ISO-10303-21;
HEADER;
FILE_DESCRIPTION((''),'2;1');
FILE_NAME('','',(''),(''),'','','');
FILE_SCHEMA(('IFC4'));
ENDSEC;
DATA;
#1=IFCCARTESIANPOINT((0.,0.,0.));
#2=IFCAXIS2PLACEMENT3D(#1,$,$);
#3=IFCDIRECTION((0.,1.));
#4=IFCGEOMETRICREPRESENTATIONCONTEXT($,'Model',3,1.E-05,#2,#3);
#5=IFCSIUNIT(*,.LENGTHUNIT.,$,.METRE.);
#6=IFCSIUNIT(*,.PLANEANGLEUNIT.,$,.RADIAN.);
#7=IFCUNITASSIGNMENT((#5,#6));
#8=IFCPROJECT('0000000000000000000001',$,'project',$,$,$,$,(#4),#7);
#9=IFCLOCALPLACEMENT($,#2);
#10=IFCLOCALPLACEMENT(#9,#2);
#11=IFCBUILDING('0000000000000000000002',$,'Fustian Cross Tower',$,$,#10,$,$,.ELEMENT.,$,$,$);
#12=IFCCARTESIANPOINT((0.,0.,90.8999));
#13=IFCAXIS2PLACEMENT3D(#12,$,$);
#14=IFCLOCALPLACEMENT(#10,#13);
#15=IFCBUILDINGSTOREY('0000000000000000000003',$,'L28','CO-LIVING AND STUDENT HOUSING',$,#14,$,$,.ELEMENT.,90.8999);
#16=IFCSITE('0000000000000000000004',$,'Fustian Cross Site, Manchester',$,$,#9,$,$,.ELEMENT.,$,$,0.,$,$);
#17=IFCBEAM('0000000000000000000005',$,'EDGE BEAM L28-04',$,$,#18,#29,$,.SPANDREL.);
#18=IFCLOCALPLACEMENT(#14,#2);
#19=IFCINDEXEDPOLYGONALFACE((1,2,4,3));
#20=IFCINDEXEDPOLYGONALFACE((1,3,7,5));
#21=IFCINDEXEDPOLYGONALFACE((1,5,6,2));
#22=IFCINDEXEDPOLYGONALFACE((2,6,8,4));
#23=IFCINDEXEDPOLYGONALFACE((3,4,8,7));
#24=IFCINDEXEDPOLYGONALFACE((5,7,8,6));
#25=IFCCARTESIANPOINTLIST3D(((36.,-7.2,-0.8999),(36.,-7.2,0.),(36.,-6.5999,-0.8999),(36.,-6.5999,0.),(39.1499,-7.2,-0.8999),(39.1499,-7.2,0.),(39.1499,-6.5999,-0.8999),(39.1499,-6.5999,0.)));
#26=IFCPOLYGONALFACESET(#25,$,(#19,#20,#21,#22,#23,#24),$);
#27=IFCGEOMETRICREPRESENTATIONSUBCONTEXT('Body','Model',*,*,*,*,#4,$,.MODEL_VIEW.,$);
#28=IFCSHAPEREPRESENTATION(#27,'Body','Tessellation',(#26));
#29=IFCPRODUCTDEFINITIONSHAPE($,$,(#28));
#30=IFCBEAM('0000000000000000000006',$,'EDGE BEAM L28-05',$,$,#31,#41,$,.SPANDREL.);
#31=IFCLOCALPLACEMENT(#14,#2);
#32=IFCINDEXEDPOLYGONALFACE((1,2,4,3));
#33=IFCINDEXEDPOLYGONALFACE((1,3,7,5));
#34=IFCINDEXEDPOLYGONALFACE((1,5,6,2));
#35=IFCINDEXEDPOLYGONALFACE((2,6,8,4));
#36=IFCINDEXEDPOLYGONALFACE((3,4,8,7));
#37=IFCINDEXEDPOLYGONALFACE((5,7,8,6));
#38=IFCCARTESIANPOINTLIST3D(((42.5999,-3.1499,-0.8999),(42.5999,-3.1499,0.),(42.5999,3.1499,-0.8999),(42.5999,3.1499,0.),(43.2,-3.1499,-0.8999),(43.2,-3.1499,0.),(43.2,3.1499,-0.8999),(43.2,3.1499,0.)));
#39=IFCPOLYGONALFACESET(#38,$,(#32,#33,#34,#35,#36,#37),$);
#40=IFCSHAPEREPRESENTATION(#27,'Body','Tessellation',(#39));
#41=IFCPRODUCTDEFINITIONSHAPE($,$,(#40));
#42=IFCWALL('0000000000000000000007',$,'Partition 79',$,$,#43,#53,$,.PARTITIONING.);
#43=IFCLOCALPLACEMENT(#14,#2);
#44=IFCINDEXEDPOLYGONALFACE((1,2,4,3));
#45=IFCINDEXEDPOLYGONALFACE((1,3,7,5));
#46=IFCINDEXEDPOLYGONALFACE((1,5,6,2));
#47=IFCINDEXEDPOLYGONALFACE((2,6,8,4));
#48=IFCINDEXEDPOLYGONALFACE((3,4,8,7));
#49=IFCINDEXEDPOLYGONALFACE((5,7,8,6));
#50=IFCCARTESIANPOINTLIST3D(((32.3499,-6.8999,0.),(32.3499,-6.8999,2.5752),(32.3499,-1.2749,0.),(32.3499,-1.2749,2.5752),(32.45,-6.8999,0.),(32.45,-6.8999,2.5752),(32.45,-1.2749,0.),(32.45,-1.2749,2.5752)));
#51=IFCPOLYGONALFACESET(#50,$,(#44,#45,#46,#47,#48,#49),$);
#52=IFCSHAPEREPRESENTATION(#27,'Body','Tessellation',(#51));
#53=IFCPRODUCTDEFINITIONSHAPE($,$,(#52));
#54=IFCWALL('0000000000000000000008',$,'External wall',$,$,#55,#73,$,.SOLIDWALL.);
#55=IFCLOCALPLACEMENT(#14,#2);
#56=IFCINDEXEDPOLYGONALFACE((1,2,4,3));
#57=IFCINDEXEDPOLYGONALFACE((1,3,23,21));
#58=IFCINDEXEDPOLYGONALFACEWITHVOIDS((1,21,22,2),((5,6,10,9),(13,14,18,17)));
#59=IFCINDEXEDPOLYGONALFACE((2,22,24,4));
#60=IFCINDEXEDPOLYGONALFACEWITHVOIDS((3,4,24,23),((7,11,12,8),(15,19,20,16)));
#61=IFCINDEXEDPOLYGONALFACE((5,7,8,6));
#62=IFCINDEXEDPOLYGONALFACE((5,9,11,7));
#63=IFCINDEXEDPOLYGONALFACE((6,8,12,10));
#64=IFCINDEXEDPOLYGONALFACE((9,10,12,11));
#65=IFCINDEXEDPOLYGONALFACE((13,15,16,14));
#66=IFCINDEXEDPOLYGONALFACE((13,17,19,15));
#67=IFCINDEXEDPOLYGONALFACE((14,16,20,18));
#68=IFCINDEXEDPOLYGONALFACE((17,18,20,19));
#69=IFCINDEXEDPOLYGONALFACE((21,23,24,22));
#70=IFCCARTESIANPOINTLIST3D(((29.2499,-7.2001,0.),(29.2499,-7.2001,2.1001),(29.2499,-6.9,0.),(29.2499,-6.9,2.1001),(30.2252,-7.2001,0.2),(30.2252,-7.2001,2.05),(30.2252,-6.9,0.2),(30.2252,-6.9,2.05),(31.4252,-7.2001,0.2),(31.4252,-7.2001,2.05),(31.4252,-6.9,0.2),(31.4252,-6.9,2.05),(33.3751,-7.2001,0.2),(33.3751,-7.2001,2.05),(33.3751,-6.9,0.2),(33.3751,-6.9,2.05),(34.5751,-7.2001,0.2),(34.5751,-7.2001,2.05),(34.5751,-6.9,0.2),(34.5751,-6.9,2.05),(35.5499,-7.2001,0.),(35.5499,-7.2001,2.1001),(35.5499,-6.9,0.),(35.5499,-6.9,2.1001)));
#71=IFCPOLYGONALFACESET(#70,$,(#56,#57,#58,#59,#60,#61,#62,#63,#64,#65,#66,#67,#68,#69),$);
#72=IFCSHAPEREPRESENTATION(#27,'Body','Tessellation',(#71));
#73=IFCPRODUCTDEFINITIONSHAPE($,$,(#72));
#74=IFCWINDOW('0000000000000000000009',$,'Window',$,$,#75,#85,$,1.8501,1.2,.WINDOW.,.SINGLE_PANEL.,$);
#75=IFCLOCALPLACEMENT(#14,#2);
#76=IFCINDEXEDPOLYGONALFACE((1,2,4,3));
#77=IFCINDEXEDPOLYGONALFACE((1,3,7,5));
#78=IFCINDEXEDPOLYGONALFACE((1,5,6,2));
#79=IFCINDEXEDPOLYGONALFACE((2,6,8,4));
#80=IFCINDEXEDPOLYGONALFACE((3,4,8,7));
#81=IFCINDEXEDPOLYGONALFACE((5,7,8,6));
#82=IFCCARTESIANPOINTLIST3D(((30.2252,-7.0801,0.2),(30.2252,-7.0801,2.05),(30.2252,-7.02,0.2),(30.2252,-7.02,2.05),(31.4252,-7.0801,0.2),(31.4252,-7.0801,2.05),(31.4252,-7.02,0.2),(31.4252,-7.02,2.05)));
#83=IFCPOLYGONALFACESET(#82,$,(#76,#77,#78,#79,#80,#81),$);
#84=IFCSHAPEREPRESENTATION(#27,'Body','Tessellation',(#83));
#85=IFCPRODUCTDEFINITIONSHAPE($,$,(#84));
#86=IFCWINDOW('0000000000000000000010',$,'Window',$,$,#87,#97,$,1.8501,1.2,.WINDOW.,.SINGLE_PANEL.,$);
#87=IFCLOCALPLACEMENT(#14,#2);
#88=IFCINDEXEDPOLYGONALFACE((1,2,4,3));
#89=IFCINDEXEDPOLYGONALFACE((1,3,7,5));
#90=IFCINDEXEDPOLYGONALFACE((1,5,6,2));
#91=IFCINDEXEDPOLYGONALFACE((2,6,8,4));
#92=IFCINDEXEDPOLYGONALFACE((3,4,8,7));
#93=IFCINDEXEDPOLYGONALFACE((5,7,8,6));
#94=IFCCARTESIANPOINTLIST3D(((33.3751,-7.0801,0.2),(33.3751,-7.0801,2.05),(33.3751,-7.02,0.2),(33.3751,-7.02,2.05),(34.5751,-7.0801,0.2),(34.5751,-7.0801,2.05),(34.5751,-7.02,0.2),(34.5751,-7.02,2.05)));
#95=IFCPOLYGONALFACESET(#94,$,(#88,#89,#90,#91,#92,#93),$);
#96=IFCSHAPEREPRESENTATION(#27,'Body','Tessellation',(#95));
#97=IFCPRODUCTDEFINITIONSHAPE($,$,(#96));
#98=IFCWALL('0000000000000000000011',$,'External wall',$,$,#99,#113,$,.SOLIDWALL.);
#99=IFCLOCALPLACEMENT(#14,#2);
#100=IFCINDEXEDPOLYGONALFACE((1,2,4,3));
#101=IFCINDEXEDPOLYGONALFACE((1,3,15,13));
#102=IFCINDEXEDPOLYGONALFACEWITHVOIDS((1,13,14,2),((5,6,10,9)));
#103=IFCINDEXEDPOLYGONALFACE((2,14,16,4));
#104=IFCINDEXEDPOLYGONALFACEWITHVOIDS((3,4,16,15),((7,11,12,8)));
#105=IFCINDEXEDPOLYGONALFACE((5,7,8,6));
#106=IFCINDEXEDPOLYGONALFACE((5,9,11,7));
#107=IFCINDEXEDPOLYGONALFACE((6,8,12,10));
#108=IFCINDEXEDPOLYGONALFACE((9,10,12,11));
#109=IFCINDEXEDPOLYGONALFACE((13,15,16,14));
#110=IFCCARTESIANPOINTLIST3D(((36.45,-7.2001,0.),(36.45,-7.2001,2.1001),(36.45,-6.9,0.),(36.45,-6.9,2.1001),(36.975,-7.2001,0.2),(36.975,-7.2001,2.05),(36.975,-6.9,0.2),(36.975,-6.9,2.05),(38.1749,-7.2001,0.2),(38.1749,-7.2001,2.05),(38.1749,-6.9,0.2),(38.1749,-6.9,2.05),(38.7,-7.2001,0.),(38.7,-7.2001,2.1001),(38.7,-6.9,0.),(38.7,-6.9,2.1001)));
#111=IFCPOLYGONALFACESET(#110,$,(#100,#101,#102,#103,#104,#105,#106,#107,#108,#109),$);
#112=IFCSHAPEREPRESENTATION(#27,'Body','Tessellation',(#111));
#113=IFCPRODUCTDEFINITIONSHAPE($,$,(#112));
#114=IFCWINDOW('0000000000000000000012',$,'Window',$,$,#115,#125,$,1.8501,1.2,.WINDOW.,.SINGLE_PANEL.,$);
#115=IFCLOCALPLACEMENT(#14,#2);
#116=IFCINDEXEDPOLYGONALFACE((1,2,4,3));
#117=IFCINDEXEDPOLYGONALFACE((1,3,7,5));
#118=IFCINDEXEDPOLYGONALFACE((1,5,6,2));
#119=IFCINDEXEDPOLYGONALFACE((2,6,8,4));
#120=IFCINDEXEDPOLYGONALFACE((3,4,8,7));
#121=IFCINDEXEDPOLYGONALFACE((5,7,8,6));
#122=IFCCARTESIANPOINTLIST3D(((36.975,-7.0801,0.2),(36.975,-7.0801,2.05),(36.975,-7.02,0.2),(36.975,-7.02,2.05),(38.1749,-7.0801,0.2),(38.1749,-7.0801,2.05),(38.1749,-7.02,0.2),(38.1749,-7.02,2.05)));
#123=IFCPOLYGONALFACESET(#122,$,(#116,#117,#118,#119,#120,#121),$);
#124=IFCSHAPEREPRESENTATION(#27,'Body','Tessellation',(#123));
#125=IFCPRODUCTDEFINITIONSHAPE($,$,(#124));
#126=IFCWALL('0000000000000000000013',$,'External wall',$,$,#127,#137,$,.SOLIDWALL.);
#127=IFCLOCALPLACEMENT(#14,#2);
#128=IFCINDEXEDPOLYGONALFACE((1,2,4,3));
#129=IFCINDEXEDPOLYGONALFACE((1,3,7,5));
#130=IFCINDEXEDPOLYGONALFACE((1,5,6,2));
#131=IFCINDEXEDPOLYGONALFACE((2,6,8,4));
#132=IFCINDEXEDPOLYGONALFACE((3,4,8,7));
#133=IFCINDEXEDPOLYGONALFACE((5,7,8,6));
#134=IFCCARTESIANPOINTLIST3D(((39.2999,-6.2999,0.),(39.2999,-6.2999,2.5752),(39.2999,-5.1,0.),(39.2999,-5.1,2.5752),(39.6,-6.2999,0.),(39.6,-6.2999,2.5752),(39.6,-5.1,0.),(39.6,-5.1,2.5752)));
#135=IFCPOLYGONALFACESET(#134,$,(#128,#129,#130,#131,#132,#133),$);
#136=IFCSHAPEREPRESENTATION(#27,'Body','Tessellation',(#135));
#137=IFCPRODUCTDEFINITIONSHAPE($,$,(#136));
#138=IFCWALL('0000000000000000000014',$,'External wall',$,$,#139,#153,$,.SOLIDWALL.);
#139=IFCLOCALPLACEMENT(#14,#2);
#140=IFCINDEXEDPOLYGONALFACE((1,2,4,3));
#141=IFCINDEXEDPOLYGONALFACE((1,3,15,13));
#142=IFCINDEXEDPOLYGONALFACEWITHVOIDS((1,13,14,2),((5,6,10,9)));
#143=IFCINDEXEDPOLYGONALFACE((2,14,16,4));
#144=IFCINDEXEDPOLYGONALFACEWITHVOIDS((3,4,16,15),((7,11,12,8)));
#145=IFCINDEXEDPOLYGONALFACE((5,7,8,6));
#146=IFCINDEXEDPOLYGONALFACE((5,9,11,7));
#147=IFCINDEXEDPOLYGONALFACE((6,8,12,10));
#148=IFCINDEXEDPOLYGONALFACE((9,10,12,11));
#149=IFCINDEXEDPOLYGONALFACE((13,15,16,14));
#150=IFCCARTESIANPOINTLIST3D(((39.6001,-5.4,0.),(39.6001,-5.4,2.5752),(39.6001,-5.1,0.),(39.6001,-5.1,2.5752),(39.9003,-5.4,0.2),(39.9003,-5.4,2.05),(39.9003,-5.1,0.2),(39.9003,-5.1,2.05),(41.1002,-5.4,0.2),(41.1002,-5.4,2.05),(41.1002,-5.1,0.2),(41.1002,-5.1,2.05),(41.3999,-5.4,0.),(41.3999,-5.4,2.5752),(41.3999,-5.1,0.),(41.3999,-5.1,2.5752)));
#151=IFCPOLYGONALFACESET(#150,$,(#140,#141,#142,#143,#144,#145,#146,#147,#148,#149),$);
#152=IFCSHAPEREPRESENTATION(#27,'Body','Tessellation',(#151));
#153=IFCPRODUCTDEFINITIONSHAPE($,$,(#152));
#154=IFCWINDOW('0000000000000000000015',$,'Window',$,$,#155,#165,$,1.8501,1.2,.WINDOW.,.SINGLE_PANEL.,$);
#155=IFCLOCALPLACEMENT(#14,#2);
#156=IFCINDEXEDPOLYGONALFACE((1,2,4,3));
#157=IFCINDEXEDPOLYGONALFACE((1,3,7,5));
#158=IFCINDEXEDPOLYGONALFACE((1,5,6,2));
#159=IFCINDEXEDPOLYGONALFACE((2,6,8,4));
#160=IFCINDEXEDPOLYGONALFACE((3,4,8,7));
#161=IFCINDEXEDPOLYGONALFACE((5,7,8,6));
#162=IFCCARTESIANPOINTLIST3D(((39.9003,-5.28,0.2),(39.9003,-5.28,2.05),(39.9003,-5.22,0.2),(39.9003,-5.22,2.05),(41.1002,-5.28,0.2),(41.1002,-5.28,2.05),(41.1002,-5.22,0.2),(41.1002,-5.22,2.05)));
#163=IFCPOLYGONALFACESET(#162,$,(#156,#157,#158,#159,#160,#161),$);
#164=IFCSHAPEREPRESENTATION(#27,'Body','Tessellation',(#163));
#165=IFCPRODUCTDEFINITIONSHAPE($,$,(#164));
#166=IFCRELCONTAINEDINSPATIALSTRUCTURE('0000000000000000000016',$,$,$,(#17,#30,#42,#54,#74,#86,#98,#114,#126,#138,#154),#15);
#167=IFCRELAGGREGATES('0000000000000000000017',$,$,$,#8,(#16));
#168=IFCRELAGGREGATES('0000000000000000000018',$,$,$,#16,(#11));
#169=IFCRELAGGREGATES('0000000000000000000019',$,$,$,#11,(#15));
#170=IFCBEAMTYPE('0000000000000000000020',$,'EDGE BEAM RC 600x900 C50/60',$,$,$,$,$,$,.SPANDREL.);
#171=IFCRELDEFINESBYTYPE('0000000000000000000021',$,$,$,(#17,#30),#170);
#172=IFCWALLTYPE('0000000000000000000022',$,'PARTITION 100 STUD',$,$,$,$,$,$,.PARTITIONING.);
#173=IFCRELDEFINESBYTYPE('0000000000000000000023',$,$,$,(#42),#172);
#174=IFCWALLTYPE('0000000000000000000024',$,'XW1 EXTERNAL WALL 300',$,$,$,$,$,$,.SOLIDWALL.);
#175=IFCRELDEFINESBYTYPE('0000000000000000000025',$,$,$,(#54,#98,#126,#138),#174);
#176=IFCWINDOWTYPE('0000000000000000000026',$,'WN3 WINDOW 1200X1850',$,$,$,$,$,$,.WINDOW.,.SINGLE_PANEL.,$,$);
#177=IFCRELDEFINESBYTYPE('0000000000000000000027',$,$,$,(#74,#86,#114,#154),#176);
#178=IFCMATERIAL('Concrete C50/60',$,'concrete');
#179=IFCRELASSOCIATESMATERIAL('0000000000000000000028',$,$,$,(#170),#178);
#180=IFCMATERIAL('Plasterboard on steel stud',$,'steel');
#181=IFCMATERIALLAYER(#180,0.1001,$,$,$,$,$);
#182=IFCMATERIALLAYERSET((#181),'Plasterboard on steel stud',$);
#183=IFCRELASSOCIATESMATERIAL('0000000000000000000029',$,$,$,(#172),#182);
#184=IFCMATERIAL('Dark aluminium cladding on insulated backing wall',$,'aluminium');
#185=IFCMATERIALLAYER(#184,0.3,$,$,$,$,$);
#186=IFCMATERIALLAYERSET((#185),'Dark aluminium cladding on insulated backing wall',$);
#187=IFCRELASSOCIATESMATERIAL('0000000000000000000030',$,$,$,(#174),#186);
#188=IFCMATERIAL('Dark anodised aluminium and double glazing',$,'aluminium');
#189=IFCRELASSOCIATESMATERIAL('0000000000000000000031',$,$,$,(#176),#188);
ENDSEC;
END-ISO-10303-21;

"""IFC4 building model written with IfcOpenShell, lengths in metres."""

from ifc_helpers import new_model, si_unit, direction, frame, frame_2d, origin, origin_2d, place, context, subcontext, project, spatial, rectangle, extrude, material, layer, layer_set, material_profile, profile_set, type_object, element, fill, save


model = new_model("IFC4")

# Units and contexts
model_context = context("Model", 3, precision=1e-05, world=origin(), true_north=direction((0.0, 1.0)))
body_context = subcontext(model_context, "Body", "Model", "MODEL_VIEW")
ifc_project = project(units=[si_unit("LENGTHUNIT", "METRE"), si_unit("PLANEANGLEUNIT", "RADIAN")], contexts=[model_context])

# Site, building, storey
site_placement = place(None, origin())
site = spatial("IfcSite", under=ifc_project, at=site_placement, Name="Fustian Cross Site, Manchester", CompositionType="ELEMENT", RefElevation=0.0)
building_placement = place(site_placement, origin())
building = spatial("IfcBuilding", under=site, at=building_placement, Name="Fustian Cross Tower", CompositionType="ELEMENT")
storey_placement = place(building_placement, frame((0.0, 0.0, 90.8999)))
storey = spatial("IfcBuildingStorey", under=building, at=storey_placement, Name="L28", Description="CO-LIVING AND STUDENT HOUSING", CompositionType="ELEMENT", Elevation=90.8999)

# Beams
ifc_material_1 = material(Name="Concrete C50/60", Category="concrete")
ifc_material_profile_1 = material_profile(ifc_material_1, rectangle(XDim=0.6001, YDim=0.8999, at=origin_2d()), Name="RC 600x900")
ifc_profile_set_1 = profile_set([ifc_material_profile_1], Name="Concrete C50/60")
beam_type = type_object("IfcBeamType", Name="EDGE BEAM RC 600x900 C50/60", PredefinedType="SPANDREL", material=ifc_profile_set_1)
beam_1_placement = place(storey_placement, frame((36.0, -6.8999, -0.45), z_axis=(1.0, 0.0, 0.0), x_axis=(0.0, 1.0, 0.0)))
element("IfcBeam", 1, at=beam_1_placement, inside=storey, type_object=beam_type, Name="EDGE BEAM L28-04", PredefinedType="SPANDREL", context=body_context, shape_type="SweptSolid", body=[
    extrude(rectangle(XDim=0.6001, YDim=0.8999, at=origin_2d()), origin(), (0.0, 0.0, 1.0), 3.1499),
])
beam_2_placement = place(storey_placement, frame((42.8999, -3.1499, -0.45), z_axis=(0.0, 1.0, 0.0), x_axis=(-1.0, 0.0, 0.0)))
element("IfcBeam", 2, at=beam_2_placement, inside=storey, type_object=beam_type, Name="EDGE BEAM L28-05", PredefinedType="SPANDREL", context=body_context, shape_type="SweptSolid", body=[
    extrude(rectangle(XDim=0.6001, YDim=0.8999, at=origin_2d()), origin(), (0.0, 0.0, 1.0), 6.2998),
])

# Wall
ifc_material_2 = material(Name="Plasterboard on steel stud", Category="steel")
ifc_layer_1 = layer(ifc_material_2, 0.1001)
ifc_layer_set_1 = layer_set([ifc_layer_1], Name="Plasterboard on steel stud")
wall_type_1 = type_object("IfcWallType", Name="PARTITION 100 STUD", PredefinedType="PARTITIONING", material=ifc_layer_set_1)
wall_1_placement = place(storey_placement, frame((32.3999, -6.8999, 0.0), z_axis=(0.0, 0.0, 1.0), x_axis=(0.0, 1.0, 0.0)))
element("IfcWall", 3, at=wall_1_placement, inside=storey, type_object=wall_type_1, Name="Partition 79", PredefinedType="PARTITIONING", context=body_context, shape_type="SweptSolid", body=[
    extrude(rectangle(XDim=5.625, YDim=0.1001, at=frame_2d((2.8125, 0.0))), origin(), (0.0, 0.0, 1.0), 2.5752),
])

# Wall, openings, windows
ifc_material_3 = material(Name="Dark aluminium cladding on insulated backing wall", Category="aluminium")
ifc_layer_2 = layer(ifc_material_3, 0.3)
ifc_layer_set_2 = layer_set([ifc_layer_2], Name="Dark aluminium cladding on insulated backing wall")
wall_type_2 = type_object("IfcWallType", Name="XW1 EXTERNAL WALL 300", PredefinedType="SOLIDWALL", material=ifc_layer_set_2)
wall_2_placement = place(storey_placement, frame((29.25, -7.05, 0.0), z_axis=(0.0, 0.0, 1.0), x_axis=(1.0, 0.0, 0.0)))
wall_2 = element("IfcWall", 4, at=wall_2_placement, inside=storey, type_object=wall_type_2, Name="External wall", PredefinedType="SOLIDWALL", context=body_context, shape_type="SweptSolid", body=[
    extrude(rectangle(XDim=6.3, YDim=0.3, at=frame_2d((3.1499, 0.0))), origin(), (0.0, 0.0, 1.0), 2.1001),
])
opening_1_placement = place(wall_2_placement, frame((0.9751, 0.0, 0.2)))
opening_1 = element("IfcOpeningElement", 5, at=opening_1_placement, cuts=wall_2, PredefinedType="OPENING", context=body_context, shape_type="SweptSolid", body=[
    extrude(rectangle(XDim=1.2, YDim=1.8501, at=frame_2d((0.6001, 0.925))), frame((0.0, 0.1599, 0.0), z_axis=(0.0, -1.0, 0.0), x_axis=(1.0, 0.0, 0.0)), (0.0, 0.0, 1.0), 0.3201),
])
opening_2_placement = place(wall_2_placement, frame((4.125, 0.0, 0.2)))
opening_2 = element("IfcOpeningElement", 6, at=opening_2_placement, cuts=wall_2, PredefinedType="OPENING", context=body_context, shape_type="SweptSolid", body=[
    extrude(rectangle(XDim=1.2, YDim=1.8501, at=frame_2d((0.6001, 0.925))), frame((0.0, 0.1599, 0.0), z_axis=(0.0, -1.0, 0.0), x_axis=(1.0, 0.0, 0.0)), (0.0, 0.0, 1.0), 0.3201),
])
ifc_material_4 = material(Name="Dark anodised aluminium and double glazing", Category="aluminium")
window_type_1 = type_object("IfcWindowType", Name="WN3 WINDOW 1200X1850", PartitioningType="SINGLE_PANEL", PredefinedType="WINDOW", material=ifc_material_4)
window_1_placement = place(opening_1_placement, origin())
window_1 = element("IfcWindow", 7, at=window_1_placement, inside=storey, type_object=window_type_1, Name="Window", OverallHeight=1.8501, OverallWidth=1.2, PartitioningType="SINGLE_PANEL", PredefinedType="WINDOW", context=body_context, shape_type="SweptSolid", body=[
    extrude(rectangle(XDim=1.2, YDim=1.8501, at=frame_2d((0.6001, 0.925))), frame((0.0, 0.03, 0.0), z_axis=(0.0, -1.0, 0.0), x_axis=(1.0, 0.0, 0.0)), (0.0, 0.0, 1.0), 0.0601),
])
fill(opening_1, window_1)
window_2_placement = place(opening_2_placement, origin())
window_2 = element("IfcWindow", 8, at=window_2_placement, inside=storey, type_object=window_type_1, Name="Window", OverallHeight=1.8501, OverallWidth=1.2, PartitioningType="SINGLE_PANEL", PredefinedType="WINDOW", context=body_context, shape_type="SweptSolid", body=[
    extrude(rectangle(XDim=1.2, YDim=1.8501, at=frame_2d((0.6001, 0.925))), frame((0.0, 0.03, 0.0), z_axis=(0.0, -1.0, 0.0), x_axis=(1.0, 0.0, 0.0)), (0.0, 0.0, 1.0), 0.0601),
])
fill(opening_2, window_2)

# Wall, opening, window
wall_3_placement = place(storey_placement, frame((36.45, -7.05, 0.0), z_axis=(0.0, 0.0, 1.0), x_axis=(1.0, 0.0, 0.0)))
wall_3 = element("IfcWall", 9, at=wall_3_placement, inside=storey, type_object=wall_type_2, Name="External wall", PredefinedType="SOLIDWALL", context=body_context, shape_type="SweptSolid", body=[
    extrude(rectangle(XDim=2.25, YDim=0.3, at=frame_2d((1.125, 0.0))), origin(), (0.0, 0.0, 1.0), 2.1001),
])
opening_3_placement = place(wall_3_placement, frame((0.5249, 0.0, 0.2)))
opening_3 = element("IfcOpeningElement", 10, at=opening_3_placement, cuts=wall_3, PredefinedType="OPENING", context=body_context, shape_type="SweptSolid", body=[
    extrude(rectangle(XDim=1.2, YDim=1.8501, at=frame_2d((0.6001, 0.925))), frame((0.0, 0.1599, 0.0), z_axis=(0.0, -1.0, 0.0), x_axis=(1.0, 0.0, 0.0)), (0.0, 0.0, 1.0), 0.3201),
])
window_3_placement = place(opening_3_placement, origin())
window_3 = element("IfcWindow", 11, at=window_3_placement, inside=storey, type_object=window_type_1, Name="Window", OverallHeight=1.8501, OverallWidth=1.2, PartitioningType="SINGLE_PANEL", PredefinedType="WINDOW", context=body_context, shape_type="SweptSolid", body=[
    extrude(rectangle(XDim=1.2, YDim=1.8501, at=frame_2d((0.6001, 0.925))), frame((0.0, 0.03, 0.0), z_axis=(0.0, -1.0, 0.0), x_axis=(1.0, 0.0, 0.0)), (0.0, 0.0, 1.0), 0.0601),
])
fill(opening_3, window_3)

# Wall
wall_4_placement = place(storey_placement, frame((39.45, -6.3, 0.0), z_axis=(0.0, 0.0, 1.0), x_axis=(0.0, 1.0, 0.0)))
element("IfcWall", 12, at=wall_4_placement, inside=storey, type_object=wall_type_2, Name="External wall", PredefinedType="SOLIDWALL", context=body_context, shape_type="SweptSolid", body=[
    extrude(rectangle(XDim=1.2, YDim=0.3, at=frame_2d((0.6001, 0.0))), origin(), (0.0, 0.0, 1.0), 2.5752),
])

# Wall, opening, window
wall_5_placement = place(storey_placement, frame((39.6001, -5.25, 0.0), z_axis=(0.0, 0.0, 1.0), x_axis=(1.0, 0.0, 0.0)))
wall_5 = element("IfcWall", 13, at=wall_5_placement, inside=storey, type_object=wall_type_2, Name="External wall", PredefinedType="SOLIDWALL", context=body_context, shape_type="SweptSolid", body=[
    extrude(rectangle(XDim=1.7998, YDim=0.3, at=frame_2d((0.8999, 0.0))), origin(), (0.0, 0.0, 1.0), 2.5752),
])
opening_4_placement = place(wall_5_placement, frame((0.3, 0.0, 0.2)))
opening_4 = element("IfcOpeningElement", 14, at=opening_4_placement, cuts=wall_5, PredefinedType="OPENING", context=body_context, shape_type="SweptSolid", body=[
    extrude(rectangle(XDim=1.2, YDim=1.8501, at=frame_2d((0.6001, 0.925))), frame((0.0, 0.1599, 0.0), z_axis=(0.0, -1.0, 0.0), x_axis=(1.0, 0.0, 0.0)), (0.0, 0.0, 1.0), 0.3201),
])
window_4_placement = place(opening_4_placement, origin())
window_4 = element("IfcWindow", 15, at=window_4_placement, inside=storey, type_object=window_type_1, Name="Window", OverallHeight=1.8501, OverallWidth=1.2, PartitioningType="SINGLE_PANEL", PredefinedType="WINDOW", context=body_context, shape_type="SweptSolid", body=[
    extrude(rectangle(XDim=1.2, YDim=1.8501, at=frame_2d((0.6001, 0.925))), frame((0.0, 0.03, 0.0), z_axis=(0.0, -1.0, 0.0), x_axis=(1.0, 0.0, 0.0)), (0.0, 0.0, 1.0), 0.0601),
])
fill(opening_4, window_4)

save(model, "model.ifc")
